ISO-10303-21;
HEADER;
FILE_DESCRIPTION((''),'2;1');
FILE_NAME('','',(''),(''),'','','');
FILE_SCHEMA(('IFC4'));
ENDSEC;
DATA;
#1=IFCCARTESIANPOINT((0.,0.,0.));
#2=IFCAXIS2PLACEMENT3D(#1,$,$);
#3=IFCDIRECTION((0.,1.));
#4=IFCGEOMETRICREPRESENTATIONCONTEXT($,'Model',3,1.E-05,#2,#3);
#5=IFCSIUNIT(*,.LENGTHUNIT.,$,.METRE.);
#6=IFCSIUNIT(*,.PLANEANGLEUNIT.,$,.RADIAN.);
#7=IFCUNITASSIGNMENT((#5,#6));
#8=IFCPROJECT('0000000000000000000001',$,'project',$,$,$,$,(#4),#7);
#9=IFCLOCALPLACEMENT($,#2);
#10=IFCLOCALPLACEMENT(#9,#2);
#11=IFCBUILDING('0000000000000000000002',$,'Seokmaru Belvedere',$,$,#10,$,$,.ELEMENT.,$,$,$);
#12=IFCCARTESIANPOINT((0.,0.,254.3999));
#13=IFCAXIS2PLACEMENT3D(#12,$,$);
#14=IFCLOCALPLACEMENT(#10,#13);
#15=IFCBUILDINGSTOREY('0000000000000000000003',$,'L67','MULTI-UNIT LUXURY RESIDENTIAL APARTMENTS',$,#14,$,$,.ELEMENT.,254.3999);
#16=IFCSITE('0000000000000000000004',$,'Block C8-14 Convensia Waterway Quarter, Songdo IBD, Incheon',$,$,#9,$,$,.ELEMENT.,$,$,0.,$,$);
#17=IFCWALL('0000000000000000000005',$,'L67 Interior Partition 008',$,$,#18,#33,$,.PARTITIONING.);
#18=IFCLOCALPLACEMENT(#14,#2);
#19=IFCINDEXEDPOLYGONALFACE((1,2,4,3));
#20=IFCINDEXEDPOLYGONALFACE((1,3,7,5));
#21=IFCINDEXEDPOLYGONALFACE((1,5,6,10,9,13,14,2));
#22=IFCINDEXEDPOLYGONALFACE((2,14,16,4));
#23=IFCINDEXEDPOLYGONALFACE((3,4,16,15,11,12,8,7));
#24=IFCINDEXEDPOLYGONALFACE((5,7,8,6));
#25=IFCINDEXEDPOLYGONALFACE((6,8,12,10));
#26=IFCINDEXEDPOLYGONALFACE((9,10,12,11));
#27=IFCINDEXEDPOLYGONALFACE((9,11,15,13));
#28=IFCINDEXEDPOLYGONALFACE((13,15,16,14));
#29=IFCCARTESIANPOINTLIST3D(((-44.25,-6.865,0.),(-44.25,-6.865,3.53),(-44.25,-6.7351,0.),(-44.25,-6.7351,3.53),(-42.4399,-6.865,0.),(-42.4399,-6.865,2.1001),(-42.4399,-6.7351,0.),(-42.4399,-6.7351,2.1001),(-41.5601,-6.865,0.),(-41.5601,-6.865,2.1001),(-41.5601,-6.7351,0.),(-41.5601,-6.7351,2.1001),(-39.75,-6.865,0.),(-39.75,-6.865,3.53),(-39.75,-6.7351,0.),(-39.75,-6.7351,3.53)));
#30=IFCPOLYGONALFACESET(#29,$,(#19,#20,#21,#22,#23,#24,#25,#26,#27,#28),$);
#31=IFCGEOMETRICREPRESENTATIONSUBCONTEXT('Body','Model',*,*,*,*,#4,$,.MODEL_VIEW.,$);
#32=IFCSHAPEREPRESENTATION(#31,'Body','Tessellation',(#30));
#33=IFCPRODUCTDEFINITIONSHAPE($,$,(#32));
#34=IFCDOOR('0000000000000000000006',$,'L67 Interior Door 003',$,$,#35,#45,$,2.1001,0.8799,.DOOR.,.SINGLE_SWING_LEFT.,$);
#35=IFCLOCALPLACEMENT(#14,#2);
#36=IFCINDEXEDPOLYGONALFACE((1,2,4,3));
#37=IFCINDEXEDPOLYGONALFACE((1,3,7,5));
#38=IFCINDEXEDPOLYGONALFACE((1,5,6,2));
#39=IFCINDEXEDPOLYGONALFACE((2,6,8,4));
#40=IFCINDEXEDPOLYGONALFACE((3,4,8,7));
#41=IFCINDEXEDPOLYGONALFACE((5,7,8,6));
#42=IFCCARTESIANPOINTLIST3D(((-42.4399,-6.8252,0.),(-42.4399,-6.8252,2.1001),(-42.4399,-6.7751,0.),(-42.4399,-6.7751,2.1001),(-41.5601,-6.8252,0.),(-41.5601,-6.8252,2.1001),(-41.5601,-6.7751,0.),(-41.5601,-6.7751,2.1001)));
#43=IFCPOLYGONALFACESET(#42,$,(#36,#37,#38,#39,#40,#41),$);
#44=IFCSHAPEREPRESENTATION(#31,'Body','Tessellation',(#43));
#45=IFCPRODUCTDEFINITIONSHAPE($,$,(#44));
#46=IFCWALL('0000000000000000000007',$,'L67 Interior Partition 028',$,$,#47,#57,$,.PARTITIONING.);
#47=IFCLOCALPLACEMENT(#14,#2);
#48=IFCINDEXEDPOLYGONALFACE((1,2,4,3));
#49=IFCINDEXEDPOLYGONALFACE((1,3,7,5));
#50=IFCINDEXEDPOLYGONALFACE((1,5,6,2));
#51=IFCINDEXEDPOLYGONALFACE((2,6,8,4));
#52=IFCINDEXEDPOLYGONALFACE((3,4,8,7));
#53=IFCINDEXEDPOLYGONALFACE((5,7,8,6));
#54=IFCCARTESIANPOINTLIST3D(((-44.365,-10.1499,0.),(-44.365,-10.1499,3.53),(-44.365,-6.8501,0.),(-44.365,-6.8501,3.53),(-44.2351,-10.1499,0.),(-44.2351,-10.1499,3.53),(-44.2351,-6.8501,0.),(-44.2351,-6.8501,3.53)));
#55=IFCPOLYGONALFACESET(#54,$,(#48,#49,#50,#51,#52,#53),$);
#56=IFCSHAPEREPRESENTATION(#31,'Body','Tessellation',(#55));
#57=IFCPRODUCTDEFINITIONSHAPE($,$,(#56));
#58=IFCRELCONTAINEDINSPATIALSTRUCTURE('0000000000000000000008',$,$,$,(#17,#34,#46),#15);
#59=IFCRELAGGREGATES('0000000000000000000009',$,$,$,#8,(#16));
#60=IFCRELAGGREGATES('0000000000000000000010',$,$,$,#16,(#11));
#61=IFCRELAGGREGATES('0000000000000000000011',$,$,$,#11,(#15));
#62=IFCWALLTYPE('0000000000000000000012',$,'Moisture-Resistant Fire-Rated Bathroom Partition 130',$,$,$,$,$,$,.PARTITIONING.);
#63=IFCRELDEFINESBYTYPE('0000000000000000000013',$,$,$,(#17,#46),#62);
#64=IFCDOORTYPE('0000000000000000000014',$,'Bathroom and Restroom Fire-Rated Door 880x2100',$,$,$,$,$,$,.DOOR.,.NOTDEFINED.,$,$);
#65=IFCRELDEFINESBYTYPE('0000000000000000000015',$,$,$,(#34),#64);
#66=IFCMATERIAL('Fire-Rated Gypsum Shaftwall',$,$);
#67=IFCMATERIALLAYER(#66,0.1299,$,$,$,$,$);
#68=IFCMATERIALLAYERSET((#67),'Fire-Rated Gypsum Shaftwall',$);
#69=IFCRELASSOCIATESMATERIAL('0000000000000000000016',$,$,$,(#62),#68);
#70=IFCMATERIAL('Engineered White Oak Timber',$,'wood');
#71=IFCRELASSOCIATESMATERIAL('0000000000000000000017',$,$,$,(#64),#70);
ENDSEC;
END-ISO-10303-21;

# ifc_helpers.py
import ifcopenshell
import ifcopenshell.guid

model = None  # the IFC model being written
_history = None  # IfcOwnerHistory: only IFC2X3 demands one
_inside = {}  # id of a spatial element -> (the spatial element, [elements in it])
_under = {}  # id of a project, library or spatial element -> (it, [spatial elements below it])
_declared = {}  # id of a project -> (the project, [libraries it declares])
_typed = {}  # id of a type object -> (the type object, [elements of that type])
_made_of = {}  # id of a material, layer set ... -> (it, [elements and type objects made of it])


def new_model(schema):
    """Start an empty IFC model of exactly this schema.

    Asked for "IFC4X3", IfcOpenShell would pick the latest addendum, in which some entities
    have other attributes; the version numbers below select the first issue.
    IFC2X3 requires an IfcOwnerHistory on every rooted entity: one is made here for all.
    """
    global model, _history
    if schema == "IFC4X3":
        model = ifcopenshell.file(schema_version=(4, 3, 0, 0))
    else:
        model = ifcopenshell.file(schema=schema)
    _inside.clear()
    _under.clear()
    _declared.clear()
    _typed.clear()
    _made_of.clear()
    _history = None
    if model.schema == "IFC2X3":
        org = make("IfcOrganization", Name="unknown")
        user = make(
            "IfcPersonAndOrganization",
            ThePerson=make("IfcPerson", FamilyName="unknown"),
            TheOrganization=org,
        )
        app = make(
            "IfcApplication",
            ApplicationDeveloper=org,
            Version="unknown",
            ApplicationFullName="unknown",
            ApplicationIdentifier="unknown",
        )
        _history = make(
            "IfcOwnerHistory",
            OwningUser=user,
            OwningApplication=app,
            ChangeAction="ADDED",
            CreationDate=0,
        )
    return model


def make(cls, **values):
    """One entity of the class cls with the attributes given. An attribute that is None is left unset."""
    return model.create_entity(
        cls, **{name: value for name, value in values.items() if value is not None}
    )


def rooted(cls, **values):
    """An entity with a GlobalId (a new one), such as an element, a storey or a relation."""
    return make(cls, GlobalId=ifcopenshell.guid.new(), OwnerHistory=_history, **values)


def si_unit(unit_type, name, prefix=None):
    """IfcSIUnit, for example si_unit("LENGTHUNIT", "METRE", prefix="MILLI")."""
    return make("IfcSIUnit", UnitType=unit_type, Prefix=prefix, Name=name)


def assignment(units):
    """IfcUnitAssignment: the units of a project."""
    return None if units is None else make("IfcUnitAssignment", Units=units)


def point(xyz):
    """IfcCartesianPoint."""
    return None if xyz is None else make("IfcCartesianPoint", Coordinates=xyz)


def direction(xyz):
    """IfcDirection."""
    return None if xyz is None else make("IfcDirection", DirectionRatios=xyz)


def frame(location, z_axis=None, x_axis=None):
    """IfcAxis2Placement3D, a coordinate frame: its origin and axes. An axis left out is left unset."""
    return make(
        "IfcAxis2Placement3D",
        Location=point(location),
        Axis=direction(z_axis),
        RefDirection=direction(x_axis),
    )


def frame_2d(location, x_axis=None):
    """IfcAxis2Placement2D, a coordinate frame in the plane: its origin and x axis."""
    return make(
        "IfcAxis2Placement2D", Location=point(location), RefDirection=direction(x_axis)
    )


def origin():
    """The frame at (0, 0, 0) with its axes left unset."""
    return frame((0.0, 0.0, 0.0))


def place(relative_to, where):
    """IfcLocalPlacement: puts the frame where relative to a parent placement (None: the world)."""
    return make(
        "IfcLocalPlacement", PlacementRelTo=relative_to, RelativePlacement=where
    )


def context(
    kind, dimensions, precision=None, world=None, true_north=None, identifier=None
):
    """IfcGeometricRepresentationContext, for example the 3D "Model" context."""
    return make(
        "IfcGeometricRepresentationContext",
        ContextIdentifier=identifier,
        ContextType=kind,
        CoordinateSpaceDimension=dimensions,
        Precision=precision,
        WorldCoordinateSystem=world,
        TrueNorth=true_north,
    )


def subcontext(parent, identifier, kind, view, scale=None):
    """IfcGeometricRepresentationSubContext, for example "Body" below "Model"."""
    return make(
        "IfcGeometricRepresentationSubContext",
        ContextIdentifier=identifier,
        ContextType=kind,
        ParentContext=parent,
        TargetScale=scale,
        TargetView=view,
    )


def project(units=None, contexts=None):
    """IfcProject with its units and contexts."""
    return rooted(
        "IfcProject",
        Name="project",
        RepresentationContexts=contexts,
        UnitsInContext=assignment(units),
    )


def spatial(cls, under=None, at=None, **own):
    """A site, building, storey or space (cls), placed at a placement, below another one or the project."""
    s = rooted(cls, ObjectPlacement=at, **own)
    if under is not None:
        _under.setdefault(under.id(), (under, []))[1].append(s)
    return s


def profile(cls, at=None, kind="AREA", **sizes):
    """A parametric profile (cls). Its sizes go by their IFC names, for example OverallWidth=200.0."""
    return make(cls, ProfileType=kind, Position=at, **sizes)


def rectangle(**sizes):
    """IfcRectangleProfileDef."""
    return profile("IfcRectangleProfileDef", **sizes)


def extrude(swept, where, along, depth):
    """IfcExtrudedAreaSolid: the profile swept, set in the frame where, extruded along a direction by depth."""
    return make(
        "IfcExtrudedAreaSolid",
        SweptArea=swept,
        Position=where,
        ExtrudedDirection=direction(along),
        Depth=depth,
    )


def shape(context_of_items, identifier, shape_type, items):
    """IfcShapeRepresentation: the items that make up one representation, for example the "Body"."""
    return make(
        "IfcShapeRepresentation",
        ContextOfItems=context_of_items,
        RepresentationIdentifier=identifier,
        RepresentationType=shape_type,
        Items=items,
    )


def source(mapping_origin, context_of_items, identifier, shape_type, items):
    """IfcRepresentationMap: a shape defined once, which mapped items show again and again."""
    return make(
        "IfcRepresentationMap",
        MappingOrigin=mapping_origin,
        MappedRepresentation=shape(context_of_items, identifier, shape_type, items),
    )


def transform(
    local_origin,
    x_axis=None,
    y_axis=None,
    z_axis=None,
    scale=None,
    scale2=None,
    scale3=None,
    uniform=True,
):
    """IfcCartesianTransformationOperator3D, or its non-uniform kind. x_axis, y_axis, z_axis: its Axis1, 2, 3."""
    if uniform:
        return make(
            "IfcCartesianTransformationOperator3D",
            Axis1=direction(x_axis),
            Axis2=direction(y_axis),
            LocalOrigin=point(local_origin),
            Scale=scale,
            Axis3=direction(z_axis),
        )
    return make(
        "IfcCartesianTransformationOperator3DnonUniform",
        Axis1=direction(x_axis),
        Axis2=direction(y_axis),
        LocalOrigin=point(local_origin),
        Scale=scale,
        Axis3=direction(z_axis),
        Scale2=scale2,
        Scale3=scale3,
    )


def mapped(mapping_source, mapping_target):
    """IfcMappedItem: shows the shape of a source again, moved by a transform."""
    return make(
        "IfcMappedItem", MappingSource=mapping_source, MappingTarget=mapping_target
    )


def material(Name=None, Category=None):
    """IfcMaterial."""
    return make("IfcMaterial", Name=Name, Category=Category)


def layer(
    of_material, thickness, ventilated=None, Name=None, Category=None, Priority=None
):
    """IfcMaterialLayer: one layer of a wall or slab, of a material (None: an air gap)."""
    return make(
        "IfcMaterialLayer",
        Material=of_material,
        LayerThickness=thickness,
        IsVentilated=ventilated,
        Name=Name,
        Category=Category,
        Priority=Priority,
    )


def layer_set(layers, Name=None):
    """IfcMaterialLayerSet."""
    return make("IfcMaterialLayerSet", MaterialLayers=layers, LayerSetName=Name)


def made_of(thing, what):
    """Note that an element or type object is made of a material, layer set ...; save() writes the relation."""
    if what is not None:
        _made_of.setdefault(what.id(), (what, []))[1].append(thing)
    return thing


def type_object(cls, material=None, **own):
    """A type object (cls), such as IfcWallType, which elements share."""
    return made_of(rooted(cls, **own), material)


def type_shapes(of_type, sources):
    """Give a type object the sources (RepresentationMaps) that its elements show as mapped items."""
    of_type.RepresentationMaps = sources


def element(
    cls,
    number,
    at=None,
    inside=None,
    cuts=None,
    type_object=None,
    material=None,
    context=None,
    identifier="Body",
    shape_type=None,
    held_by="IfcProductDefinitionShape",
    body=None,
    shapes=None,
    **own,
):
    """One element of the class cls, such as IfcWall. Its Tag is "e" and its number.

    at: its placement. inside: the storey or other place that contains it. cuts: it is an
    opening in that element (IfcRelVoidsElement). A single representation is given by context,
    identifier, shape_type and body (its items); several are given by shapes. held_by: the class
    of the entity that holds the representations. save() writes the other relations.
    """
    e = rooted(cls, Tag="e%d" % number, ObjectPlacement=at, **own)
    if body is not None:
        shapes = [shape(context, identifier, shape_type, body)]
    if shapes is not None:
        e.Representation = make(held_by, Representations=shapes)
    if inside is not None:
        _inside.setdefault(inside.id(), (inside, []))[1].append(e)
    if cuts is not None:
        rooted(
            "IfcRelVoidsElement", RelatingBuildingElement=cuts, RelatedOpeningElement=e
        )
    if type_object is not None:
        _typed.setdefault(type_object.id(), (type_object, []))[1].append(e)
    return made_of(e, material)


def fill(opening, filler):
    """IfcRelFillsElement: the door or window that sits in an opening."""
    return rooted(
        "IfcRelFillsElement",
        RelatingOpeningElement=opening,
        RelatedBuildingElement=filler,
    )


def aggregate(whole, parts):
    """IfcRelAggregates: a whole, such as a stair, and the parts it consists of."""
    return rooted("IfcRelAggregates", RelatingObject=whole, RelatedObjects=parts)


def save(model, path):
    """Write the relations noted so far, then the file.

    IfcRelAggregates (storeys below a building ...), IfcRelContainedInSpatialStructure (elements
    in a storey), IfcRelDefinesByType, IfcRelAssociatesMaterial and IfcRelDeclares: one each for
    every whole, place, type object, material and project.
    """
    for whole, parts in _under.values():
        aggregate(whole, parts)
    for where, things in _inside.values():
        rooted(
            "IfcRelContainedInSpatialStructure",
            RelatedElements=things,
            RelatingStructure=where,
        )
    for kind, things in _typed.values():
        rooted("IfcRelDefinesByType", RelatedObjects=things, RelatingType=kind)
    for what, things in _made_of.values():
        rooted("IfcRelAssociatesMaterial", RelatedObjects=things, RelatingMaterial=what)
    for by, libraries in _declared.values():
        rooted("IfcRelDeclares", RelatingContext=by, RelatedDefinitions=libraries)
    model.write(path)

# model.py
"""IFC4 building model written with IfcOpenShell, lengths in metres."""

from ifc_helpers import new_model, si_unit, direction, frame, frame_2d, origin, place, context, subcontext, project, spatial, rectangle, extrude, source, transform, mapped, material, layer, layer_set, type_object, type_shapes, element, fill, save


model = new_model("IFC4")

# Units and contexts
model_context = context("Model", 3, precision=1e-05, world=origin(), true_north=direction((0.0, 1.0)))
body_context = subcontext(model_context, "Body", "Model", "MODEL_VIEW")
ifc_project = project(units=[si_unit("LENGTHUNIT", "METRE"), si_unit("PLANEANGLEUNIT", "RADIAN")], contexts=[model_context])

# Site, building, storey
site_placement = place(None, origin())
site = spatial("IfcSite", under=ifc_project, at=site_placement, Name="Block C8-14 Convensia Waterway Quarter, Songdo IBD, Incheon", CompositionType="ELEMENT", RefElevation=0.0)
building_placement = place(site_placement, origin())
building = spatial("IfcBuilding", under=site, at=building_placement, Name="Seokmaru Belvedere", CompositionType="ELEMENT")
storey_placement = place(building_placement, frame((0.0, 0.0, 254.3999)))
storey = spatial("IfcBuildingStorey", under=building, at=storey_placement, Name="L67", Description="MULTI-UNIT LUXURY RESIDENTIAL APARTMENTS", CompositionType="ELEMENT", Elevation=254.3999)

# Shared definitions
ifc_material_1 = material(Name="Fire-Rated Gypsum Shaftwall")
ifc_material_2 = material(Name="Engineered White Oak Timber", Category="wood")

# Wall, opening, door
ifc_layer_1 = layer(ifc_material_1, 0.1299)
ifc_layer_set_1 = layer_set([ifc_layer_1], Name="Fire-Rated Gypsum Shaftwall")
wall_type_1 = type_object("IfcWallType", Name="Moisture-Resistant Fire-Rated Bathroom Partition 130", PredefinedType="PARTITIONING", material=ifc_layer_set_1)
wall_1_placement = place(storey_placement, frame((-44.25, -6.8, 0.0), z_axis=(0.0, 0.0, 1.0), x_axis=(1.0, 0.0, 0.0)))
wall_1 = element("IfcWall", 1, at=wall_1_placement, inside=storey, type_object=wall_type_1, Name="L67 Interior Partition 008", PredefinedType="PARTITIONING", context=body_context, shape_type="SweptSolid", body=[
    extrude(rectangle(XDim=4.5, YDim=0.1299, at=frame_2d((2.25, 0.0))), origin(), (0.0, 0.0, 1.0), 3.53),
])
opening_1_placement = place(wall_1_placement, frame((1.8101, 0.0, 0.0)))
opening_1 = element("IfcOpeningElement", 2, at=opening_1_placement, cuts=wall_1, PredefinedType="OPENING", context=body_context, shape_type="SweptSolid", body=[
    extrude(rectangle(XDim=0.8799, YDim=2.1001, at=frame_2d((0.4399, 1.05))), frame((0.0, 0.075, 0.0), z_axis=(0.0, -1.0, 0.0), x_axis=(1.0, 0.0, 0.0)), (0.0, 0.0, 1.0), 0.1499),
])
door_type_1 = type_object("IfcDoorType", Name="Bathroom and Restroom Fire-Rated Door 880x2100", OperationType="NOTDEFINED", PredefinedType="DOOR", material=ifc_material_2)
shared_shape_1 = source(origin(), body_context, "Body", "SweptSolid", [
    extrude(rectangle(XDim=0.8799, YDim=2.1001, at=frame_2d((0.4399, 1.05))), frame((0.0, 0.0249, 0.0), z_axis=(0.0, -1.0, 0.0), x_axis=(1.0, 0.0, 0.0)), (0.0, 0.0, 1.0), 0.05),
])
type_shapes(door_type_1, [shared_shape_1])
door_1_placement = place(opening_1_placement, origin())
door_1 = element("IfcDoor", 3, at=door_1_placement, inside=storey, type_object=door_type_1, Name="L67 Interior Door 003", OperationType="SINGLE_SWING_LEFT", OverallHeight=2.1001, OverallWidth=0.8799, PredefinedType="DOOR", context=body_context, shape_type="MappedRepresentation", body=[
    mapped(shared_shape_1, transform((0.0, 0.0, 0.0), scale=1.0)),
])
fill(opening_1, door_1)

# Wall
wall_2_placement = place(storey_placement, frame((-44.3, -10.1499, 0.0), z_axis=(0.0, 0.0, 1.0), x_axis=(0.0, 1.0, 0.0)))
element("IfcWall", 4, at=wall_2_placement, inside=storey, type_object=wall_type_1, Name="L67 Interior Partition 028", PredefinedType="PARTITIONING", context=body_context, shape_type="SweptSolid", body=[
    extrude(rectangle(XDim=3.2998, YDim=0.1299, at=frame_2d((1.6499, 0.0))), origin(), (0.0, 0.0, 1.0), 3.53),
])

save(model, "model.ifc")
